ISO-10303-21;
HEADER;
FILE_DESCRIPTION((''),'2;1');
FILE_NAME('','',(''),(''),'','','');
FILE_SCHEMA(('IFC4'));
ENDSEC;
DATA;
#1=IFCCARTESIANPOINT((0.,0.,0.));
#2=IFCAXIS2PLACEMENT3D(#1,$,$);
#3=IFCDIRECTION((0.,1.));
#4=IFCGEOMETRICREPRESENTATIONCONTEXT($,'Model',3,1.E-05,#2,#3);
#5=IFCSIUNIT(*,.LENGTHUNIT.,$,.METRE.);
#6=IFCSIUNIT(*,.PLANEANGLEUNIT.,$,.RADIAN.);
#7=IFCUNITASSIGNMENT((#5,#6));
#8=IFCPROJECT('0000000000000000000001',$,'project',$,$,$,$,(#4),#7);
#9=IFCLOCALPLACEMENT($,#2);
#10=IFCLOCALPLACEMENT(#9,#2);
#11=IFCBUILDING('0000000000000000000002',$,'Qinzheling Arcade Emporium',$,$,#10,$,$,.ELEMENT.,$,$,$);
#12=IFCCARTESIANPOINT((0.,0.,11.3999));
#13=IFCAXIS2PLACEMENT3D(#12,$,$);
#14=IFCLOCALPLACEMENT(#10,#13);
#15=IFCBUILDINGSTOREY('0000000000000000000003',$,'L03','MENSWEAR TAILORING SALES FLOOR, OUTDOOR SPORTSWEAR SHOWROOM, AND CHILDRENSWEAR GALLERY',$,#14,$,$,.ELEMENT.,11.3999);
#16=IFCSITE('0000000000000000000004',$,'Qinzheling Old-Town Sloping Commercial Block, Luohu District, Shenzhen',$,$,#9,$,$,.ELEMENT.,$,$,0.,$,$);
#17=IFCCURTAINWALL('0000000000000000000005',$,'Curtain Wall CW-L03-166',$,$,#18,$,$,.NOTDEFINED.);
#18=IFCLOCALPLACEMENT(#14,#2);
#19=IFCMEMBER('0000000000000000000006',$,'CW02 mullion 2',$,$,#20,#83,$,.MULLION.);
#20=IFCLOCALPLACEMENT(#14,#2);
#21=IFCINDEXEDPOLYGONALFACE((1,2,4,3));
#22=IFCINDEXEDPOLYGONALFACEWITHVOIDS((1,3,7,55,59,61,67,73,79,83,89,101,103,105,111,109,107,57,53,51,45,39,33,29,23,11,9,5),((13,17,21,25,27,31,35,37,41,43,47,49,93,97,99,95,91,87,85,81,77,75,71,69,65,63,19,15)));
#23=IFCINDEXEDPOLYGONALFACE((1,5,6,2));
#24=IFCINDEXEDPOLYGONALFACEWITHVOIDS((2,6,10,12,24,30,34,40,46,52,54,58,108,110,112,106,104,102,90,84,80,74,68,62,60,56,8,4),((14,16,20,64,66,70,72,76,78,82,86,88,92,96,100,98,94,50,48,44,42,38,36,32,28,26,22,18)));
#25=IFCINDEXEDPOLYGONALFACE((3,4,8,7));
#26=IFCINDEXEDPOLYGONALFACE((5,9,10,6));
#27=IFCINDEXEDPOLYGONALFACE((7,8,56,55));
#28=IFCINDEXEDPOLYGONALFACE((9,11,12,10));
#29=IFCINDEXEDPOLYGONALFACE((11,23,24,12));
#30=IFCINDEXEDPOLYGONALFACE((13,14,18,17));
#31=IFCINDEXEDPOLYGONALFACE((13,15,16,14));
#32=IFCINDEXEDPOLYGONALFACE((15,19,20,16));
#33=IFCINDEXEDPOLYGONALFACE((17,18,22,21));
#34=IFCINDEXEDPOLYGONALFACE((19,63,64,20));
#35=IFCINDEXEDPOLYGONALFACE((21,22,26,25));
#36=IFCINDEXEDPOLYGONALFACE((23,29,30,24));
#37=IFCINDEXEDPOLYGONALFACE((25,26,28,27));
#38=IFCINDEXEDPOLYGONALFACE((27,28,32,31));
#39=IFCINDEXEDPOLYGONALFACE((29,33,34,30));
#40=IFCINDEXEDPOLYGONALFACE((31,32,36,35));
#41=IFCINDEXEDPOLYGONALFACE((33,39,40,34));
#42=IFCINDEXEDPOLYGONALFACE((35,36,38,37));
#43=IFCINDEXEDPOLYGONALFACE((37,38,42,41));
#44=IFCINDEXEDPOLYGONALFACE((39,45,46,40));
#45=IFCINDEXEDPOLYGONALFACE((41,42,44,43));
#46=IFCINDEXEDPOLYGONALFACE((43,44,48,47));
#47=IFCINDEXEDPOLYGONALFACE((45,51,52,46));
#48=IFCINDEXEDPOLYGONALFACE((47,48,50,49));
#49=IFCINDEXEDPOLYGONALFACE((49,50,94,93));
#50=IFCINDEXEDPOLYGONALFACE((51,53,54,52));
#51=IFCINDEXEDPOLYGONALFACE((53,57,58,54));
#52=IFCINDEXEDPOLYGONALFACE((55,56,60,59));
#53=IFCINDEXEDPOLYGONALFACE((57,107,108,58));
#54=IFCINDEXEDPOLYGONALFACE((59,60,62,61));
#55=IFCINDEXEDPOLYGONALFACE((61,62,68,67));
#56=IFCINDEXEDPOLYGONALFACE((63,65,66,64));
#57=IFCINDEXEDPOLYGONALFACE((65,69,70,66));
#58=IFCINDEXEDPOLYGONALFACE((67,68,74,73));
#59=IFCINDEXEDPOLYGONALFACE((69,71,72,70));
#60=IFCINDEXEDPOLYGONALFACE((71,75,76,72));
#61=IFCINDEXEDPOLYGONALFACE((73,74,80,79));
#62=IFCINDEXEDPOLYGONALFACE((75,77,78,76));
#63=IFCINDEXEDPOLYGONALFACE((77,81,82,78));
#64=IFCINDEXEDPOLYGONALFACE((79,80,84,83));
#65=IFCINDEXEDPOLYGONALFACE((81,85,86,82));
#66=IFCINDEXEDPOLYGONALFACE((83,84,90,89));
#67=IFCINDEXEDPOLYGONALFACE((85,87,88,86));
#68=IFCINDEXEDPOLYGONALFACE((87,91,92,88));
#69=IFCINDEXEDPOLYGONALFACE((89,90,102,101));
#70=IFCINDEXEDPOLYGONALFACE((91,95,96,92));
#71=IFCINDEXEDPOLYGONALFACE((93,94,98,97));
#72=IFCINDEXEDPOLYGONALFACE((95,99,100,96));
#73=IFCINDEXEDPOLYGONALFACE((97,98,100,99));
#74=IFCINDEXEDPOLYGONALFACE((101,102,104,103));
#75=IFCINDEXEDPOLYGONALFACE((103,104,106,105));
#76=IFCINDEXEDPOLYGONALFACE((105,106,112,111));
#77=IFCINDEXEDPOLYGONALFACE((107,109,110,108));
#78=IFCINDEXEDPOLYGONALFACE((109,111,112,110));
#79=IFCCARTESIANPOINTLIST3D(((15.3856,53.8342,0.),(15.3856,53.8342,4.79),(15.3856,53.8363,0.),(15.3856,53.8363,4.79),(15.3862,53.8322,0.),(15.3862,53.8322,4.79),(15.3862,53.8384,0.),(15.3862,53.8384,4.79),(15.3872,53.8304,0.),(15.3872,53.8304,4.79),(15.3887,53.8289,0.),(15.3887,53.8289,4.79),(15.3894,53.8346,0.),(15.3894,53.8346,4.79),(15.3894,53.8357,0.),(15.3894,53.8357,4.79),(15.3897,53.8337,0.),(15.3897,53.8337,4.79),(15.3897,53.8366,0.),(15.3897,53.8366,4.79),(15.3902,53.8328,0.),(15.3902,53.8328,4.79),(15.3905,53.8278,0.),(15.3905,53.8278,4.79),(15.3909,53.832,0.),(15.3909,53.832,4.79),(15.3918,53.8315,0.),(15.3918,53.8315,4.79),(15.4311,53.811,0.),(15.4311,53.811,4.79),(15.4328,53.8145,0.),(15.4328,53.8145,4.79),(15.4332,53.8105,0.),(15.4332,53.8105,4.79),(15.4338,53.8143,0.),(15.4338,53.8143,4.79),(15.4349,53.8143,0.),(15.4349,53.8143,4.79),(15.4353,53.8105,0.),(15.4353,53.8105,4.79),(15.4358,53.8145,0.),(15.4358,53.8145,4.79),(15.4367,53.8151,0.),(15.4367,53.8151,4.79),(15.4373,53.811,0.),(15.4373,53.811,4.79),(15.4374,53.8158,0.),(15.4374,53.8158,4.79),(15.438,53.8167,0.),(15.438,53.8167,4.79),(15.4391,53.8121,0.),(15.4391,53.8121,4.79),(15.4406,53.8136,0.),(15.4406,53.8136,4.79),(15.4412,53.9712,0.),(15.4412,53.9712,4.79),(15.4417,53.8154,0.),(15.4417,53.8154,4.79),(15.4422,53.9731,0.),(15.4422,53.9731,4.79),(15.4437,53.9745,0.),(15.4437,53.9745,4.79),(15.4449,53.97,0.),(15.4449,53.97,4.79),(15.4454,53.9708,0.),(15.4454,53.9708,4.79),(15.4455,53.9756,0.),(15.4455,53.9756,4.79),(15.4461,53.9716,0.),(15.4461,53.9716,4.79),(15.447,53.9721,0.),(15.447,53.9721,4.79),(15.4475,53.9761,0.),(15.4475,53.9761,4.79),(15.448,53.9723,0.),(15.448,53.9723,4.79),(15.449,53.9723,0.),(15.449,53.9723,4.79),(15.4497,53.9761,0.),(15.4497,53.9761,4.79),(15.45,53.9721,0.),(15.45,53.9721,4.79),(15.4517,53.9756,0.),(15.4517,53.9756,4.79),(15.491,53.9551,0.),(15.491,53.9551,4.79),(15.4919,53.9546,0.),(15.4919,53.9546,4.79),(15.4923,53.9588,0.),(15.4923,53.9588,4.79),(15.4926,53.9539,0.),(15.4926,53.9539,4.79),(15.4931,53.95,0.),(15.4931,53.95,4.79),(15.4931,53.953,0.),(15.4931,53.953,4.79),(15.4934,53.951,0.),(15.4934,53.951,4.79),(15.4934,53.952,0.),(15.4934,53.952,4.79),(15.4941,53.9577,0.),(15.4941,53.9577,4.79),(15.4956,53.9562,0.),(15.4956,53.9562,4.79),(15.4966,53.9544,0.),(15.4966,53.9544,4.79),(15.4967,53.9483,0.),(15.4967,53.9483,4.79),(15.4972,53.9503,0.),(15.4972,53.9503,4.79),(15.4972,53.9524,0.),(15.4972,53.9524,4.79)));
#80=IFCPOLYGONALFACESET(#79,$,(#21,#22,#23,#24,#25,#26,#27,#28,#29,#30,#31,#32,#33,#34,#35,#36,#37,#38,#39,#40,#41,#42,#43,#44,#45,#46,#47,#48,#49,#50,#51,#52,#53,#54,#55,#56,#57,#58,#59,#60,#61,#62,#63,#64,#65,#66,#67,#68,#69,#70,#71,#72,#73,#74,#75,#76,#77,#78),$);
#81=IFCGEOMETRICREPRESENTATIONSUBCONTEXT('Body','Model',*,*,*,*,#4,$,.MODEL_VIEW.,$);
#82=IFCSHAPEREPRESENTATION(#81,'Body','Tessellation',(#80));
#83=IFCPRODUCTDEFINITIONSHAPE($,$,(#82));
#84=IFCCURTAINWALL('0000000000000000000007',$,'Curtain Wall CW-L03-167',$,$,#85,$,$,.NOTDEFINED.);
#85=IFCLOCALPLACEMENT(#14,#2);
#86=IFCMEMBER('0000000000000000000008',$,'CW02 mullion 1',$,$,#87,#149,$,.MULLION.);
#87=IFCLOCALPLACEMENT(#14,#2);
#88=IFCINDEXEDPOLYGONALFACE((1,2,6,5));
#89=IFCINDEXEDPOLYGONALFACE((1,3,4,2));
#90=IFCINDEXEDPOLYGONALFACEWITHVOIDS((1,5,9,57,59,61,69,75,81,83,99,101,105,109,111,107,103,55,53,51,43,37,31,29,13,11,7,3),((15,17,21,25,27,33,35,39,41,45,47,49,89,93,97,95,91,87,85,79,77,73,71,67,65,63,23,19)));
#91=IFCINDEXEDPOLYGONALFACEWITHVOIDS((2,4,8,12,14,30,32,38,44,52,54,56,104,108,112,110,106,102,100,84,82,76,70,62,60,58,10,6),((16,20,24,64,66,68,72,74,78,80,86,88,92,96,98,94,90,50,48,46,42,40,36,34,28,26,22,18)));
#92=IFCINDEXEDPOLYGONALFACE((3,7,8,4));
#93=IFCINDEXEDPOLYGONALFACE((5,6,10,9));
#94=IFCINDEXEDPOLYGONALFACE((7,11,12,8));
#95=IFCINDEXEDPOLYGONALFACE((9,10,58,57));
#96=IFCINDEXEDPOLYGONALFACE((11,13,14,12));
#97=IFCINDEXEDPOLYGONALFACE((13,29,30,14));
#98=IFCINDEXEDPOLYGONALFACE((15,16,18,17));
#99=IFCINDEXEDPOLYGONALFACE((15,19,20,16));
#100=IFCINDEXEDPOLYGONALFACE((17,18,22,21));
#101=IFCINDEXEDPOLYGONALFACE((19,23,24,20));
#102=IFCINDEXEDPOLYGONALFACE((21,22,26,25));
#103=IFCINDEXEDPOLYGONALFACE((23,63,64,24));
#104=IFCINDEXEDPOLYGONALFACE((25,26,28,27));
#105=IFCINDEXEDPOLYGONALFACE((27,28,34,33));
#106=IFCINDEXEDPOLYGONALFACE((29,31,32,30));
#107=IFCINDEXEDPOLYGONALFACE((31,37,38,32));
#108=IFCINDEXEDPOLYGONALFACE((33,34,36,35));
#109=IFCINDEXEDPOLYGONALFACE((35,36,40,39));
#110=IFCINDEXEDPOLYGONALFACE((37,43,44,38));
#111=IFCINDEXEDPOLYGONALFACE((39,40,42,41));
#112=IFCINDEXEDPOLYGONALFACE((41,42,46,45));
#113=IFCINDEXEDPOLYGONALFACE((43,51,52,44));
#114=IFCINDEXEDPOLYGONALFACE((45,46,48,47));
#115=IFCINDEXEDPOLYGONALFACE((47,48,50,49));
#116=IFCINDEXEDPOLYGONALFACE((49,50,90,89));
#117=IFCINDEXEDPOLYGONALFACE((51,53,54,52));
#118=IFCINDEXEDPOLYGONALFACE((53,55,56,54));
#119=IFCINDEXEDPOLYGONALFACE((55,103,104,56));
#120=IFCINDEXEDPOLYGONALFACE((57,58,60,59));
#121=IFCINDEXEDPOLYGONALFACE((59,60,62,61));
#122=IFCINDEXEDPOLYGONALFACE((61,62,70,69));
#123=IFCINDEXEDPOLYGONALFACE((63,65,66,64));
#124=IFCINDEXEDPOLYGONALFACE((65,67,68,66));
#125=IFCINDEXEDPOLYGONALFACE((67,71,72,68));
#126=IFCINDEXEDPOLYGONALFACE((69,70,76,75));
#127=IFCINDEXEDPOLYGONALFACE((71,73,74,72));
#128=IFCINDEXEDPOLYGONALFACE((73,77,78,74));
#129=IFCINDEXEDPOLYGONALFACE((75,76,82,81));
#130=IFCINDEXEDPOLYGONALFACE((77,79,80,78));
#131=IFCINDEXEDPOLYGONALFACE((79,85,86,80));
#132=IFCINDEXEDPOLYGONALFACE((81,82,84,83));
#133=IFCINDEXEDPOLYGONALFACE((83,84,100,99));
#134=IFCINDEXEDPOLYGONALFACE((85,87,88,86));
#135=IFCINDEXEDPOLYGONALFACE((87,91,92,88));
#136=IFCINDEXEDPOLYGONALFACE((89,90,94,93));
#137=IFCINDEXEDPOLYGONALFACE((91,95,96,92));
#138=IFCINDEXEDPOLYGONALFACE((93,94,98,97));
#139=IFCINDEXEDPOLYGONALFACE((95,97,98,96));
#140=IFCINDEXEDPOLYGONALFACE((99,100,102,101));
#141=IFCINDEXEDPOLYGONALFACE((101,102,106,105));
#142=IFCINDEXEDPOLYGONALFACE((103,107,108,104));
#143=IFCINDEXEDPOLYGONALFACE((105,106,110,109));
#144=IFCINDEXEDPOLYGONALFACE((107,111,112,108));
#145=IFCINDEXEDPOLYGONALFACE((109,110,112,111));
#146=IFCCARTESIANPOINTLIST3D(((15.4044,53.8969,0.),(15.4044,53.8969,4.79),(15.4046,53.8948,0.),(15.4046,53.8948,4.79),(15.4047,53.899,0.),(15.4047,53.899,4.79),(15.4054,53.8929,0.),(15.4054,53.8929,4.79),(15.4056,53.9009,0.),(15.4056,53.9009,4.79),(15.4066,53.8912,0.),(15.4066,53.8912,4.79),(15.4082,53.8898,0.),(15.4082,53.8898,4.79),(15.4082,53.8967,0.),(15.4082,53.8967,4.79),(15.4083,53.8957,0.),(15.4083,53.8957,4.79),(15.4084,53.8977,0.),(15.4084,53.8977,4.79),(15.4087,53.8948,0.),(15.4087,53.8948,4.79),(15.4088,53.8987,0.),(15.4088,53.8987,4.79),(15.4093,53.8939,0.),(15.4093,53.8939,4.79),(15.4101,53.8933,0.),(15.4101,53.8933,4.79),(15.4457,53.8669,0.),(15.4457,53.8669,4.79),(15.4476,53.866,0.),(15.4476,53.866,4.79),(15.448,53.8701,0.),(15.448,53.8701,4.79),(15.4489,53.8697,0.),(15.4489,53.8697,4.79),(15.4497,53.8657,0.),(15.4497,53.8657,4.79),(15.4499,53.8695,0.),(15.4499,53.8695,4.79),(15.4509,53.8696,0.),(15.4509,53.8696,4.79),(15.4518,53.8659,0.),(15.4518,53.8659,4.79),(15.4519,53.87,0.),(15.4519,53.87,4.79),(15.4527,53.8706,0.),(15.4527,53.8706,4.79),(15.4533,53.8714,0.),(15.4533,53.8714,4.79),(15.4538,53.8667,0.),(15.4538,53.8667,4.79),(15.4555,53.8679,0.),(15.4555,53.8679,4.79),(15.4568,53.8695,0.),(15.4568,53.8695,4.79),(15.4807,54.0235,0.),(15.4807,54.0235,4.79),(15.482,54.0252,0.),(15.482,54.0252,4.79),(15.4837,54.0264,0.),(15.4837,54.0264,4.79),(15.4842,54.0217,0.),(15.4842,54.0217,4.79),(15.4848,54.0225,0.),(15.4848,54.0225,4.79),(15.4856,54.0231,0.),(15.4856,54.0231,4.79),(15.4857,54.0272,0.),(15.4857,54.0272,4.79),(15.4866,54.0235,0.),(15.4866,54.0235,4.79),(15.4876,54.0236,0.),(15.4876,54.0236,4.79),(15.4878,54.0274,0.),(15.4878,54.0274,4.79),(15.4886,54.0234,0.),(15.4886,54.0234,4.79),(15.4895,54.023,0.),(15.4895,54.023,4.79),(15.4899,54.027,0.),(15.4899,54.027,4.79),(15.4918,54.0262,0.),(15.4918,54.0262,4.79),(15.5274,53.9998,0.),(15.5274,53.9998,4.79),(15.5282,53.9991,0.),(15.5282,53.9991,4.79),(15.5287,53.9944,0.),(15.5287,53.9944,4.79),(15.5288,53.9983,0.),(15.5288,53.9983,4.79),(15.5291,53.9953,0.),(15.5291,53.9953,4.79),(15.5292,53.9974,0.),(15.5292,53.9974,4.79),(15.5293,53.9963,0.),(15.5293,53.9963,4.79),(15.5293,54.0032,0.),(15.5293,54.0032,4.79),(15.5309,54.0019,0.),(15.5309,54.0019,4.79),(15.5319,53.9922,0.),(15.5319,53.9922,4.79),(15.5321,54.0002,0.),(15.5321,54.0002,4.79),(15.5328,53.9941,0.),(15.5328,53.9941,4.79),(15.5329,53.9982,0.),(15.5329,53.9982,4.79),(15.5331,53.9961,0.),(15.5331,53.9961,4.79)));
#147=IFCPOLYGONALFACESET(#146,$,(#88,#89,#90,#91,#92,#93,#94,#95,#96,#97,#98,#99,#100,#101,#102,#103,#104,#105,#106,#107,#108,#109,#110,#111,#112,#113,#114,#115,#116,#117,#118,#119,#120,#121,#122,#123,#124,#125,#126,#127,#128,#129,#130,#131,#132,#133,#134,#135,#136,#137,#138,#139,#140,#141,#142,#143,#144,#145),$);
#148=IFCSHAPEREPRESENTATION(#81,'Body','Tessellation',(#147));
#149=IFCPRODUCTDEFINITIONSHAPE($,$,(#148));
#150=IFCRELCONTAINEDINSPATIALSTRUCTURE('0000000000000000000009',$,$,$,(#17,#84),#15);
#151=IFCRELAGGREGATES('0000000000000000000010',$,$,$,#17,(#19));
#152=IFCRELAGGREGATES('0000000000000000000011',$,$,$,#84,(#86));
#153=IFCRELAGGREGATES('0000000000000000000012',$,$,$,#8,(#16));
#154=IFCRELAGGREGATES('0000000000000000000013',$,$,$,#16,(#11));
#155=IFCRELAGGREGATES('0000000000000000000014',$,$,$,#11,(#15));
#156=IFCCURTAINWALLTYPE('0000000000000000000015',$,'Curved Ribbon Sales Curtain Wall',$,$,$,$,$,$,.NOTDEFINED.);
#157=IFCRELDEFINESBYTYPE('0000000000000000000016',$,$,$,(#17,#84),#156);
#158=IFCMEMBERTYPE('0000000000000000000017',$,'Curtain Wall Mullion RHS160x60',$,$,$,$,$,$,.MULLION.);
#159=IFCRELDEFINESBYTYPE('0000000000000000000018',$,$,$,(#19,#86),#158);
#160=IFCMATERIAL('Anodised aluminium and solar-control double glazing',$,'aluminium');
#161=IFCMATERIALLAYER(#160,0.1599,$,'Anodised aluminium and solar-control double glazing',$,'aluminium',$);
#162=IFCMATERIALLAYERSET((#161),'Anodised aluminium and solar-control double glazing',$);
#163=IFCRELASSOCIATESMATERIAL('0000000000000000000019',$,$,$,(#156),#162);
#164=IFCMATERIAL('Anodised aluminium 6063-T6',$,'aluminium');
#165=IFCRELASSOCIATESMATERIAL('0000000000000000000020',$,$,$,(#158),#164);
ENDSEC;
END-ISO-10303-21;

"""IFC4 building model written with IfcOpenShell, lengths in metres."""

from ifc_helpers import new_model, si_unit, direction, frame, origin, origin_2d, place, context, subcontext, project, spatial, hollow_rectangle, extrude, material, layer, layer_set, material_profile, profile_set, type_object, element, aggregate, save


model = new_model("IFC4")

# Units and contexts
model_context = context("Model", 3, precision=1e-05, world=origin(), true_north=direction((0.0, 1.0)))
body_context = subcontext(model_context, "Body", "Model", "MODEL_VIEW")
ifc_project = project(units=[si_unit("LENGTHUNIT", "METRE"), si_unit("PLANEANGLEUNIT", "RADIAN")], contexts=[model_context])

# Site, building, storey
site_placement = place(None, origin())
site = spatial("IfcSite", under=ifc_project, at=site_placement, Name="Qinzheling Old-Town Sloping Commercial Block, Luohu District, Shenzhen", CompositionType="ELEMENT", RefElevation=0.0)
building_placement = place(site_placement, origin())
building = spatial("IfcBuilding", under=site, at=building_placement, Name="Qinzheling Arcade Emporium", CompositionType="ELEMENT")
storey_placement = place(building_placement, frame((0.0, 0.0, 11.3999)))
storey = spatial("IfcBuildingStorey", under=building, at=storey_placement, Name="L03", Description="MENSWEAR TAILORING SALES FLOOR, OUTDOOR SPORTSWEAR SHOWROOM, AND CHILDRENSWEAR GALLERY", CompositionType="ELEMENT", Elevation=11.3999)

# Curtain wall, member
ifc_material_1 = material(Name="Anodised aluminium and solar-control double glazing", Category="aluminium")
ifc_layer_1 = layer(ifc_material_1, 0.1599, Name="Anodised aluminium and solar-control double glazing", Category="aluminium")
ifc_layer_set_1 = layer_set([ifc_layer_1], Name="Anodised aluminium and solar-control double glazing")
curtain_wall_type = type_object("IfcCurtainWallType", Name="Curved Ribbon Sales Curtain Wall", PredefinedType="NOTDEFINED", material=ifc_layer_set_1)
curtain_wall_1_placement = place(storey_placement, origin())
curtain_wall_1 = element("IfcCurtainWall", 1, at=curtain_wall_1_placement, inside=storey, type_object=curtain_wall_type, Name="Curtain Wall CW-L03-166", PredefinedType="NOTDEFINED")
ifc_material_2 = material(Name="Anodised aluminium 6063-T6", Category="aluminium")
ifc_material_profile_1 = material_profile(ifc_material_2, hollow_rectangle(XDim=0.0601, YDim=0.1599, WallThickness=0.0039, InnerFilletRadius=0.0039, OuterFilletRadius=0.0081, at=origin_2d()), Name="RHS 160x60x4", Category="aluminium")
ifc_profile_set_1 = profile_set([ifc_material_profile_1], Name="Anodised aluminium 6063-T6")
member_type_1 = type_object("IfcMemberType", Name="Curtain Wall Mullion RHS160x60", PredefinedType="MULLION", material=ifc_profile_set_1)
member_1_placement = place(storey_placement, frame((15.4414, 53.8933, 0.0), z_axis=(0.0, 0.0, 1.0), x_axis=(-0.923976, 0.38245, 0.0)))
member_1 = element("IfcMember", 2, at=member_1_placement, type_object=member_type_1, Name="CW02 mullion 2", PredefinedType="MULLION", context=body_context, shape_type="SweptSolid", body=[
    extrude(hollow_rectangle(XDim=0.0601, YDim=0.1599, WallThickness=0.0039, InnerFilletRadius=0.0039, OuterFilletRadius=0.0081, at=origin_2d()), origin(), (0.0, 0.0, 1.0), 4.79),
])

# Curtain wall, member
curtain_wall_2_placement = place(storey_placement, origin())
curtain_wall_2 = element("IfcCurtainWall", 3, at=curtain_wall_2_placement, inside=storey, type_object=curtain_wall_type, Name="Curtain Wall CW-L03-167", PredefinedType="NOTDEFINED")
member_2_placement = place(storey_placement, frame((15.4688, 53.9465, 0.0), z_axis=(0.0, 0.0, 1.0), x_axis=(-0.852665, 0.522458, 0.0)))
member_2 = element("IfcMember", 4, at=member_2_placement, type_object=member_type_1, Name="CW02 mullion 1", PredefinedType="MULLION", context=body_context, shape_type="SweptSolid", body=[
    extrude(hollow_rectangle(XDim=0.0601, YDim=0.1599, WallThickness=0.0039, InnerFilletRadius=0.0039, OuterFilletRadius=0.0081, at=origin_2d()), origin(), (0.0, 0.0, 1.0), 4.79),
])

aggregate(curtain_wall_1, [member_1])
aggregate(curtain_wall_2, [member_2])

save(model, "model.ifc")
